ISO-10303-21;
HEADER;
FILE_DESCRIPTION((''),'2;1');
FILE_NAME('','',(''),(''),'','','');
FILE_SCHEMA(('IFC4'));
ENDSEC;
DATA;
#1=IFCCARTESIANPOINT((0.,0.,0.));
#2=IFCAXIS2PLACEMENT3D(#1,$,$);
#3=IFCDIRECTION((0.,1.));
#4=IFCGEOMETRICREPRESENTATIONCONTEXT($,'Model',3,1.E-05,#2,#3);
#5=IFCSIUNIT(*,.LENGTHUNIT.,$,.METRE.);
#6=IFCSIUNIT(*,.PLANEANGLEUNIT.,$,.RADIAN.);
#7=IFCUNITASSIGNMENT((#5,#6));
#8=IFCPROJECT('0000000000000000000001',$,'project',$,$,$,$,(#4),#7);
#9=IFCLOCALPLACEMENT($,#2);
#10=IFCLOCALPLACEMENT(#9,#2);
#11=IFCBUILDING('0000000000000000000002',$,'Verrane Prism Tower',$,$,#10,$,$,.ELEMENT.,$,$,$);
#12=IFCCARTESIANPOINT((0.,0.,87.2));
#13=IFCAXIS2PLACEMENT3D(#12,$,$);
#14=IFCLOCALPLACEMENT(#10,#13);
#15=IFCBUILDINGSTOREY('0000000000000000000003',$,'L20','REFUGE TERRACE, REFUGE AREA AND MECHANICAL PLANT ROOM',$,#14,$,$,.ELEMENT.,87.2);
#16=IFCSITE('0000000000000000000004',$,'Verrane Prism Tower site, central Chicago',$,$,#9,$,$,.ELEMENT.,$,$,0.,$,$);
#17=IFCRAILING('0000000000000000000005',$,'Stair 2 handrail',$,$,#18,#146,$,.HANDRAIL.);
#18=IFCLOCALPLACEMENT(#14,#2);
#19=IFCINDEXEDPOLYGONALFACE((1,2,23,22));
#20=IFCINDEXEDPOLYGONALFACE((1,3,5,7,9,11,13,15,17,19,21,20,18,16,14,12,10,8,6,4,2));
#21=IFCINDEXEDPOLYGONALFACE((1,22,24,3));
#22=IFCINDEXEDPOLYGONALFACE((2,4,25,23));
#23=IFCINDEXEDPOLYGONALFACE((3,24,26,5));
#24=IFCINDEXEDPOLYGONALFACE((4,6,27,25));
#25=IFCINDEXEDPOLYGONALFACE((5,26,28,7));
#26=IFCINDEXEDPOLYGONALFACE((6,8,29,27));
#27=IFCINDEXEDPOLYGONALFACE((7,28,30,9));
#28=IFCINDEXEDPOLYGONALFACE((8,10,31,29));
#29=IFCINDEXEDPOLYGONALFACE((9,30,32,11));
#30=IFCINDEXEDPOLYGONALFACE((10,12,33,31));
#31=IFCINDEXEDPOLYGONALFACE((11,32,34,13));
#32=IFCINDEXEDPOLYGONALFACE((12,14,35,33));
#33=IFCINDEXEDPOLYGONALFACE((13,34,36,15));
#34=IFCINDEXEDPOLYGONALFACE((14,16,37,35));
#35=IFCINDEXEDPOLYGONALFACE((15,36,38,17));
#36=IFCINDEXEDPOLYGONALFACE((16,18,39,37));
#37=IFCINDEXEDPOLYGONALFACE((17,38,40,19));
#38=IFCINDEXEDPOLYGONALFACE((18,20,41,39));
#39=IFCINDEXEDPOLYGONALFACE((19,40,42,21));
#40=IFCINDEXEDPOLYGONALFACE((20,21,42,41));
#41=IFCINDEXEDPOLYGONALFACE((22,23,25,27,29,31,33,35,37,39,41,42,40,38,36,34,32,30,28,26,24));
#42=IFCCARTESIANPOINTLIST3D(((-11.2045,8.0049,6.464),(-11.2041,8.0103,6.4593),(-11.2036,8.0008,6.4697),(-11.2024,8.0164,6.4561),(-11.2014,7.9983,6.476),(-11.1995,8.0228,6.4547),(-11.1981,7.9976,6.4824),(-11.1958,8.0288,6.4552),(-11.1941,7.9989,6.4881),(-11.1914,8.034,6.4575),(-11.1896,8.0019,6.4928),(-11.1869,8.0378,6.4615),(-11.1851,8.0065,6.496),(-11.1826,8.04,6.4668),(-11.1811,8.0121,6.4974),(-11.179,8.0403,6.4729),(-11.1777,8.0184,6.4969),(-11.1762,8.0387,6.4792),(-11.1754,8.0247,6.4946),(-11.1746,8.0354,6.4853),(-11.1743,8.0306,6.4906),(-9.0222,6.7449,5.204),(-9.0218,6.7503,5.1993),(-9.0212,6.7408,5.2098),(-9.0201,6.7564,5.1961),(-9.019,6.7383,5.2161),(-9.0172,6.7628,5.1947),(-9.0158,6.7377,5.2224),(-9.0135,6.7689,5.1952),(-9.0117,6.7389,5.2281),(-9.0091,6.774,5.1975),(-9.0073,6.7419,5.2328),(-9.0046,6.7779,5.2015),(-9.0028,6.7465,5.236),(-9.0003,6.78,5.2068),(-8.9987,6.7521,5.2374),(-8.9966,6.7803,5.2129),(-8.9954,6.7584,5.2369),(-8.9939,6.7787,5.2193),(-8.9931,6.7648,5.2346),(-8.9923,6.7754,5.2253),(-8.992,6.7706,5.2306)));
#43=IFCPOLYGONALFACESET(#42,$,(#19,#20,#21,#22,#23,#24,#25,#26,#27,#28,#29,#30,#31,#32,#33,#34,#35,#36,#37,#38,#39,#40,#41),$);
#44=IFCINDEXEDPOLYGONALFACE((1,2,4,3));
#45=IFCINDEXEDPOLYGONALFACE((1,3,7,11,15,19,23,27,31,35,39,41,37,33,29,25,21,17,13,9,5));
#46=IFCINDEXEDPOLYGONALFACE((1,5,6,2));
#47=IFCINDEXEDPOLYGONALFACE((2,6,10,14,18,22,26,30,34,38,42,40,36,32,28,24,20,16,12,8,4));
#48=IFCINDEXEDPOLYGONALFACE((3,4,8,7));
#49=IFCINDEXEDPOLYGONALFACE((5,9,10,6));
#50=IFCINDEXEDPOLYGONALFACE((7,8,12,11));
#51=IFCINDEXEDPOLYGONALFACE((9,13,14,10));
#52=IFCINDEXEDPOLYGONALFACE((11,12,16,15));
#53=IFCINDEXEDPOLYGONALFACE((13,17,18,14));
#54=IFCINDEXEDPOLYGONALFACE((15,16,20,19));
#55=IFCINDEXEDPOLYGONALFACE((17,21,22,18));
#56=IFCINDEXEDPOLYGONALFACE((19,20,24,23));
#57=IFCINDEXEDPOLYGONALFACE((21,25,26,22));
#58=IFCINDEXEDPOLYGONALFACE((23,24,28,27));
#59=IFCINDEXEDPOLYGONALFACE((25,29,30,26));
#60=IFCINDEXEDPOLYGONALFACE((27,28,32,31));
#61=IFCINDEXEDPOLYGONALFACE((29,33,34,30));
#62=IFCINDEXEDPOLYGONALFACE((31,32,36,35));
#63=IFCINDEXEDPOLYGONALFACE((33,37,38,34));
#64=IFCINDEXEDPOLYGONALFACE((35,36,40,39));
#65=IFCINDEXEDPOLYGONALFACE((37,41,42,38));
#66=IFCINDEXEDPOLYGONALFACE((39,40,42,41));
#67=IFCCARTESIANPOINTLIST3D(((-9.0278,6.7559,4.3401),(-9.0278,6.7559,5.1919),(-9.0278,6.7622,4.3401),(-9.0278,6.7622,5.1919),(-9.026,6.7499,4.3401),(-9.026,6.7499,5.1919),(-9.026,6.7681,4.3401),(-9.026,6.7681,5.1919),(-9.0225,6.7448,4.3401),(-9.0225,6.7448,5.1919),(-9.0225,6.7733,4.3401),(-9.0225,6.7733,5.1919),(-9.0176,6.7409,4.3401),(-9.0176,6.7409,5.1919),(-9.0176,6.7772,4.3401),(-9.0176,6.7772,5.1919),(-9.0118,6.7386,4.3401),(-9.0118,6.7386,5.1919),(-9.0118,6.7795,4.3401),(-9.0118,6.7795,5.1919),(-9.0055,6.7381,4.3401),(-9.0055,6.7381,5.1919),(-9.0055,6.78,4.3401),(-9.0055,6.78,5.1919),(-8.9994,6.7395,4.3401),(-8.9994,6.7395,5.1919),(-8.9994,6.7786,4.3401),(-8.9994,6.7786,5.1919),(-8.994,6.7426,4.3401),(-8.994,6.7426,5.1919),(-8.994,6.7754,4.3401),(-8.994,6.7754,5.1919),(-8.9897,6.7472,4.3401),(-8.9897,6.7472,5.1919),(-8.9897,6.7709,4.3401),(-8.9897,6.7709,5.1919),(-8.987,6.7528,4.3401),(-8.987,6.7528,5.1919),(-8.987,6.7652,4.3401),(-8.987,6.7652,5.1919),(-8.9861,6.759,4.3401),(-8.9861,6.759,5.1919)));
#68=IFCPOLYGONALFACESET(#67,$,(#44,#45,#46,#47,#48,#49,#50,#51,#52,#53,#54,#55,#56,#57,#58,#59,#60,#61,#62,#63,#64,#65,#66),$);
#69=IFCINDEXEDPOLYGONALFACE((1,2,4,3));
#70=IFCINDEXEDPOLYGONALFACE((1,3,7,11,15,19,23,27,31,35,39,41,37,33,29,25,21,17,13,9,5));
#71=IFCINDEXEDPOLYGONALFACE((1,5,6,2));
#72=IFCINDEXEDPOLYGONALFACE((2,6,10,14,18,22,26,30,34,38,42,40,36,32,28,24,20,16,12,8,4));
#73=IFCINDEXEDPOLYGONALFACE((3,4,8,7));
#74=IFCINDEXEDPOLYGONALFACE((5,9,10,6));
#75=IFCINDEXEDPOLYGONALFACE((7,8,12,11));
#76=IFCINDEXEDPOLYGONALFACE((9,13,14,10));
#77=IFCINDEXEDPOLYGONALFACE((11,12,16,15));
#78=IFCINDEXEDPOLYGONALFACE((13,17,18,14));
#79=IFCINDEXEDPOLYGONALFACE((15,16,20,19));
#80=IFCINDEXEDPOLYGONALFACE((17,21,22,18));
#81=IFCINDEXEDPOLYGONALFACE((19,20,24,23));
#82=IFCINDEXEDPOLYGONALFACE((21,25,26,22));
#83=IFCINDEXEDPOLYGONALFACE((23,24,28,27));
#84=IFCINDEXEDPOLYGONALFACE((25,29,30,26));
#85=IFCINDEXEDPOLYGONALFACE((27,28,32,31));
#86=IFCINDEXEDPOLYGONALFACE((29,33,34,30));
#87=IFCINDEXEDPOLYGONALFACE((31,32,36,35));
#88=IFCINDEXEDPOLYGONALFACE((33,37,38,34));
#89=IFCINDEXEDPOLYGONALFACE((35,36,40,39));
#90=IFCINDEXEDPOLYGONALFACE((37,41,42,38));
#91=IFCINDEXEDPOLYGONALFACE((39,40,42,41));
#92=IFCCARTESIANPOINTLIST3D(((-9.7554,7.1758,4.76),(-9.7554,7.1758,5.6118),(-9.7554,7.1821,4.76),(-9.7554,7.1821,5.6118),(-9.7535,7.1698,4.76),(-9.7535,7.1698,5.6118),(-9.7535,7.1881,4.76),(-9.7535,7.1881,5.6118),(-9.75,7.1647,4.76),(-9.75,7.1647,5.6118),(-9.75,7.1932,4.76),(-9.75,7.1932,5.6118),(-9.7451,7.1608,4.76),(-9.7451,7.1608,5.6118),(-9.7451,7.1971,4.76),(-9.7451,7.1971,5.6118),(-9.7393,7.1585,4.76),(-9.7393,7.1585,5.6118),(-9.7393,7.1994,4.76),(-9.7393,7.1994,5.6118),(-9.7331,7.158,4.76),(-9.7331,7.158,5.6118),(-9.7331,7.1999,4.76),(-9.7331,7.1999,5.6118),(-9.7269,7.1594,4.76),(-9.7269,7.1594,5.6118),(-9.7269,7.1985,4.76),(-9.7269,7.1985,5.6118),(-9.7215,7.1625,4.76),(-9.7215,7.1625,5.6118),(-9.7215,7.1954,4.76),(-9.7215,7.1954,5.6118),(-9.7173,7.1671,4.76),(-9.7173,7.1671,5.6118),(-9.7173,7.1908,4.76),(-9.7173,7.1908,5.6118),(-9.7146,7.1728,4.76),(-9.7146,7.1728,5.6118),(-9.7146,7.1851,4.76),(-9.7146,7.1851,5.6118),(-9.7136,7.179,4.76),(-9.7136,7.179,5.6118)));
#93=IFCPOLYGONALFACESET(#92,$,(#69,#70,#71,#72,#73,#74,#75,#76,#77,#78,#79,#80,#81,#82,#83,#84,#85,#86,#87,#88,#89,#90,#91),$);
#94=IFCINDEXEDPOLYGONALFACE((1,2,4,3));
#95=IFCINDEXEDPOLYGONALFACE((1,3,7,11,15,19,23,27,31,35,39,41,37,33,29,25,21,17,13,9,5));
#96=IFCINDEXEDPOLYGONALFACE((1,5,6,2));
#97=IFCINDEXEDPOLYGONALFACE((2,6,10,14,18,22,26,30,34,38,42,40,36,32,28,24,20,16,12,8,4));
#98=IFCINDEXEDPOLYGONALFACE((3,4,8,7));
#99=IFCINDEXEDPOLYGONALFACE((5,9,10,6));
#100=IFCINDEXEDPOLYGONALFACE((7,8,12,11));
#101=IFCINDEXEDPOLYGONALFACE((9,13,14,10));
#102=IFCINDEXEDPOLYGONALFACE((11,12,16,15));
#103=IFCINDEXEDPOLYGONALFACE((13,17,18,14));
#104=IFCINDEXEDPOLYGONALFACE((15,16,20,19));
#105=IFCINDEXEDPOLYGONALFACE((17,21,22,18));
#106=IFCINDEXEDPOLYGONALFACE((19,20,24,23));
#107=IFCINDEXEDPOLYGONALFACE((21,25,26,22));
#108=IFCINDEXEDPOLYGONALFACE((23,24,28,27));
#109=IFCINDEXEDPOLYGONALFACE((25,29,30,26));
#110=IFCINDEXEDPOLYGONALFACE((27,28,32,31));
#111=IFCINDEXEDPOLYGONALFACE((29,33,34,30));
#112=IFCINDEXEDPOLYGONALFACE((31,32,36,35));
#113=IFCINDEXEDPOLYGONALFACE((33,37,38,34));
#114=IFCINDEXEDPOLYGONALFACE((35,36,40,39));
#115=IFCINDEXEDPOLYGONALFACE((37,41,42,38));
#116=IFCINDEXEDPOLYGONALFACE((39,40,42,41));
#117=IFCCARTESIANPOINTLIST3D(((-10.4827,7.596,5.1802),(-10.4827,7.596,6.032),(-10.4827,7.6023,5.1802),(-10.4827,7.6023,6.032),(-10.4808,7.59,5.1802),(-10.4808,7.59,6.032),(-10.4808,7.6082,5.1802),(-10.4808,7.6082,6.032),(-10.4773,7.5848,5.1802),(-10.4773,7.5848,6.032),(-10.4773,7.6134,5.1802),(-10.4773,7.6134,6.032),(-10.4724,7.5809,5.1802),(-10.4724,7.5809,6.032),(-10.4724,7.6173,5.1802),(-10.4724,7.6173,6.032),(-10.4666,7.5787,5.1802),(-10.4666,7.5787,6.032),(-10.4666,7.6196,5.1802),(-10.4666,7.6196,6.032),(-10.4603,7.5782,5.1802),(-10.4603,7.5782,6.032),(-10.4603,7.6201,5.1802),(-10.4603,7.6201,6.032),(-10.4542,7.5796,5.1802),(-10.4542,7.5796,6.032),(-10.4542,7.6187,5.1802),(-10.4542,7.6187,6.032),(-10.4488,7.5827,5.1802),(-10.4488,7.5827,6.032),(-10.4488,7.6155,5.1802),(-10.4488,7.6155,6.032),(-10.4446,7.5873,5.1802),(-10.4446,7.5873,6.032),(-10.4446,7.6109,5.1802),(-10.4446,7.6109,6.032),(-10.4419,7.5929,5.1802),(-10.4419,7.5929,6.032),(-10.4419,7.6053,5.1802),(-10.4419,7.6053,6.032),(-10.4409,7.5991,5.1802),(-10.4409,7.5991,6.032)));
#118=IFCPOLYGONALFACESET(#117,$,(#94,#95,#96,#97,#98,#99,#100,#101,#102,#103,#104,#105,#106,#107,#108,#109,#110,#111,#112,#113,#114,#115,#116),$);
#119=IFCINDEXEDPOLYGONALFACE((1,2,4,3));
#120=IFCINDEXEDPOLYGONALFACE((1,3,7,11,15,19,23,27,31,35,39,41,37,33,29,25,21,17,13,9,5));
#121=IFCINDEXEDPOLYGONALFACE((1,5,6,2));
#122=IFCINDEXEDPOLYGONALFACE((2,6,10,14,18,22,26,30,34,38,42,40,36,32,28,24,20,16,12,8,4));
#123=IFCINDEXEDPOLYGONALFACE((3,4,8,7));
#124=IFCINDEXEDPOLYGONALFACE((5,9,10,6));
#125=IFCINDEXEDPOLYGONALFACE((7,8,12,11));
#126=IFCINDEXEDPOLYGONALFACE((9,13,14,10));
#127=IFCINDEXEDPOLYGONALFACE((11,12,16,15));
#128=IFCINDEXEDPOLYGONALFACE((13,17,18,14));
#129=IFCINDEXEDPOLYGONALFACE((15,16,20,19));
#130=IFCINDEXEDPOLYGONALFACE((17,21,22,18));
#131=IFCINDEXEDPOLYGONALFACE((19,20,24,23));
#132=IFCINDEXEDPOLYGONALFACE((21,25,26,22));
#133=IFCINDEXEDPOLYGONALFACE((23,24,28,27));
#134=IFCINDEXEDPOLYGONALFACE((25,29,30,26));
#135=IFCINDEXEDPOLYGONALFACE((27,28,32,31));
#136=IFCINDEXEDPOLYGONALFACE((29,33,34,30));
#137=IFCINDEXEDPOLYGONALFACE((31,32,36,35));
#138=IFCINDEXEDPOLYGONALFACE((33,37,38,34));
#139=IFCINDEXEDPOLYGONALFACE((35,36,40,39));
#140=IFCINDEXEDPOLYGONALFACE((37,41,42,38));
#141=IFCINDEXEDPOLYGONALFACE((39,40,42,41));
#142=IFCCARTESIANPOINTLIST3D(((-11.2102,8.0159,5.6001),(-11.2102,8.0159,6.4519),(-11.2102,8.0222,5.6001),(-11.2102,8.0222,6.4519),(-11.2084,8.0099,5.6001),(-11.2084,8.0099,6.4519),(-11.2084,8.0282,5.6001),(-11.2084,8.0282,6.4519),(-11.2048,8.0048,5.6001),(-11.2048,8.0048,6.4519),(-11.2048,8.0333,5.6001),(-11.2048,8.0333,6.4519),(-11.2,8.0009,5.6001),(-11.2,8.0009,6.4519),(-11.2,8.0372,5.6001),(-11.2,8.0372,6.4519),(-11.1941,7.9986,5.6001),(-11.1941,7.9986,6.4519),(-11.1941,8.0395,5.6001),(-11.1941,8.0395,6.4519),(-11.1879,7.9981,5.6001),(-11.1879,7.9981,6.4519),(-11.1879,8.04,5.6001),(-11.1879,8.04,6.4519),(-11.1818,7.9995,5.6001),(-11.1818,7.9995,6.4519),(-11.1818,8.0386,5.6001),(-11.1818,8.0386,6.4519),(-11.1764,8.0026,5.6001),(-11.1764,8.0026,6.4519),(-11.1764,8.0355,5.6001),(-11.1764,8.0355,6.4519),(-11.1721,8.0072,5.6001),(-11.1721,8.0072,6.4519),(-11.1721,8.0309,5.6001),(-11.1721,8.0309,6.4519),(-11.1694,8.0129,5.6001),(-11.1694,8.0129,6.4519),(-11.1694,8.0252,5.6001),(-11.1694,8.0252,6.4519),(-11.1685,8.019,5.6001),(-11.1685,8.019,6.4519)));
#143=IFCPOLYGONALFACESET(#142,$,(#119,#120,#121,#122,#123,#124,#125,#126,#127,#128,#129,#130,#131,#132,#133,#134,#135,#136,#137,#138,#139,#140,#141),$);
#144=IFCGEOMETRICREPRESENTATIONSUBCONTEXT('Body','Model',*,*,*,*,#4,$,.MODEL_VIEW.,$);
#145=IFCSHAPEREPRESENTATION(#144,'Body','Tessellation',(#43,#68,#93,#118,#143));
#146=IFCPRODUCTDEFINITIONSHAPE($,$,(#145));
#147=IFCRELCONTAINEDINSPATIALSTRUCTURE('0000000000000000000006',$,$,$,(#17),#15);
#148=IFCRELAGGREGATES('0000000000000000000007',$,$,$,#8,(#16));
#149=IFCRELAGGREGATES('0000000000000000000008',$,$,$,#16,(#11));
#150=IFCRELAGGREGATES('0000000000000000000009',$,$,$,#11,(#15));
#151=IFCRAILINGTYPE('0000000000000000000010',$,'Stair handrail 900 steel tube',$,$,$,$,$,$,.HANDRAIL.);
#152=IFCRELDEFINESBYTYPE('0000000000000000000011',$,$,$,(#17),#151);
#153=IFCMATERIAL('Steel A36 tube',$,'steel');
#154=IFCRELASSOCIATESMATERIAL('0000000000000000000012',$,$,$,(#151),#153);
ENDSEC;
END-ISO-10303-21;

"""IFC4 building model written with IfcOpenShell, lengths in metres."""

from ifc_helpers import new_model, si_unit, direction, frame, origin, origin_2d, place, context, subcontext, project, spatial, circle, extrude, material, type_object, element, save


model = new_model("IFC4")

# Units and contexts
model_context = context("Model", 3, precision=1e-05, world=origin(), true_north=direction((0.0, 1.0)))
body_context = subcontext(model_context, "Body", "Model", "MODEL_VIEW")
ifc_project = project(units=[si_unit("LENGTHUNIT", "METRE"), si_unit("PLANEANGLEUNIT", "RADIAN")], contexts=[model_context])

# Site, building, storey
site_placement = place(None, origin())
site = spatial("IfcSite", under=ifc_project, at=site_placement, Name="Verrane Prism Tower site, central Chicago", CompositionType="ELEMENT", RefElevation=0.0)
building_placement = place(site_placement, origin())
building = spatial("IfcBuilding", under=site, at=building_placement, Name="Verrane Prism Tower", CompositionType="ELEMENT")
storey_placement = place(building_placement, frame((0.0, 0.0, 87.2)))
storey = spatial("IfcBuildingStorey", under=building, at=storey_placement, Name="L20", Description="REFUGE TERRACE, REFUGE AREA AND MECHANICAL PLANT ROOM", CompositionType="ELEMENT", Elevation=87.2)

# Railing
ifc_material_1 = material(Name="Steel A36 tube", Category="steel")
railing_type = type_object("IfcRailingType", Name="Stair handrail 900 steel tube", PredefinedType="HANDRAIL", material=ifc_material_1)
for number, where, name in (
    (1, (-9.0071, 6.759, 4.3401), "Stair 2 handrail"),
):
    element("IfcRailing", number, at=place(storey_placement, frame(where)), inside=storey, type_object=railing_type, Name=name, PredefinedType="HANDRAIL", context=body_context, shape_type="SweptSolid", body=[
        extrude(circle(Radius=0.0239, at=origin_2d()), frame((0.0, 0.0, 0.876), z_axis=(-0.774593, 0.447217, 0.447217), x_axis=(-0.500005, -0.866023, 0.0)), (0.0, 0.0, 1.0), 2.8174),
        extrude(circle(Radius=0.021, at=origin_2d()), origin(), (0.0, 0.0, 1.0), 0.8518),
        extrude(circle(Radius=0.021, at=origin_2d()), frame((-0.7275, 0.4199, 0.4199)), (0.0, 0.0, 1.0), 0.8518),
        extrude(circle(Radius=0.021, at=origin_2d()), frame((-1.4548, 0.8401, 0.8401)), (0.0, 0.0, 1.0), 0.8518),
        extrude(circle(Radius=0.021, at=origin_2d()), frame((-2.1824, 1.26, 1.26)), (0.0, 0.0, 1.0), 0.8518),
    ])

save(model, "model.ifc")
